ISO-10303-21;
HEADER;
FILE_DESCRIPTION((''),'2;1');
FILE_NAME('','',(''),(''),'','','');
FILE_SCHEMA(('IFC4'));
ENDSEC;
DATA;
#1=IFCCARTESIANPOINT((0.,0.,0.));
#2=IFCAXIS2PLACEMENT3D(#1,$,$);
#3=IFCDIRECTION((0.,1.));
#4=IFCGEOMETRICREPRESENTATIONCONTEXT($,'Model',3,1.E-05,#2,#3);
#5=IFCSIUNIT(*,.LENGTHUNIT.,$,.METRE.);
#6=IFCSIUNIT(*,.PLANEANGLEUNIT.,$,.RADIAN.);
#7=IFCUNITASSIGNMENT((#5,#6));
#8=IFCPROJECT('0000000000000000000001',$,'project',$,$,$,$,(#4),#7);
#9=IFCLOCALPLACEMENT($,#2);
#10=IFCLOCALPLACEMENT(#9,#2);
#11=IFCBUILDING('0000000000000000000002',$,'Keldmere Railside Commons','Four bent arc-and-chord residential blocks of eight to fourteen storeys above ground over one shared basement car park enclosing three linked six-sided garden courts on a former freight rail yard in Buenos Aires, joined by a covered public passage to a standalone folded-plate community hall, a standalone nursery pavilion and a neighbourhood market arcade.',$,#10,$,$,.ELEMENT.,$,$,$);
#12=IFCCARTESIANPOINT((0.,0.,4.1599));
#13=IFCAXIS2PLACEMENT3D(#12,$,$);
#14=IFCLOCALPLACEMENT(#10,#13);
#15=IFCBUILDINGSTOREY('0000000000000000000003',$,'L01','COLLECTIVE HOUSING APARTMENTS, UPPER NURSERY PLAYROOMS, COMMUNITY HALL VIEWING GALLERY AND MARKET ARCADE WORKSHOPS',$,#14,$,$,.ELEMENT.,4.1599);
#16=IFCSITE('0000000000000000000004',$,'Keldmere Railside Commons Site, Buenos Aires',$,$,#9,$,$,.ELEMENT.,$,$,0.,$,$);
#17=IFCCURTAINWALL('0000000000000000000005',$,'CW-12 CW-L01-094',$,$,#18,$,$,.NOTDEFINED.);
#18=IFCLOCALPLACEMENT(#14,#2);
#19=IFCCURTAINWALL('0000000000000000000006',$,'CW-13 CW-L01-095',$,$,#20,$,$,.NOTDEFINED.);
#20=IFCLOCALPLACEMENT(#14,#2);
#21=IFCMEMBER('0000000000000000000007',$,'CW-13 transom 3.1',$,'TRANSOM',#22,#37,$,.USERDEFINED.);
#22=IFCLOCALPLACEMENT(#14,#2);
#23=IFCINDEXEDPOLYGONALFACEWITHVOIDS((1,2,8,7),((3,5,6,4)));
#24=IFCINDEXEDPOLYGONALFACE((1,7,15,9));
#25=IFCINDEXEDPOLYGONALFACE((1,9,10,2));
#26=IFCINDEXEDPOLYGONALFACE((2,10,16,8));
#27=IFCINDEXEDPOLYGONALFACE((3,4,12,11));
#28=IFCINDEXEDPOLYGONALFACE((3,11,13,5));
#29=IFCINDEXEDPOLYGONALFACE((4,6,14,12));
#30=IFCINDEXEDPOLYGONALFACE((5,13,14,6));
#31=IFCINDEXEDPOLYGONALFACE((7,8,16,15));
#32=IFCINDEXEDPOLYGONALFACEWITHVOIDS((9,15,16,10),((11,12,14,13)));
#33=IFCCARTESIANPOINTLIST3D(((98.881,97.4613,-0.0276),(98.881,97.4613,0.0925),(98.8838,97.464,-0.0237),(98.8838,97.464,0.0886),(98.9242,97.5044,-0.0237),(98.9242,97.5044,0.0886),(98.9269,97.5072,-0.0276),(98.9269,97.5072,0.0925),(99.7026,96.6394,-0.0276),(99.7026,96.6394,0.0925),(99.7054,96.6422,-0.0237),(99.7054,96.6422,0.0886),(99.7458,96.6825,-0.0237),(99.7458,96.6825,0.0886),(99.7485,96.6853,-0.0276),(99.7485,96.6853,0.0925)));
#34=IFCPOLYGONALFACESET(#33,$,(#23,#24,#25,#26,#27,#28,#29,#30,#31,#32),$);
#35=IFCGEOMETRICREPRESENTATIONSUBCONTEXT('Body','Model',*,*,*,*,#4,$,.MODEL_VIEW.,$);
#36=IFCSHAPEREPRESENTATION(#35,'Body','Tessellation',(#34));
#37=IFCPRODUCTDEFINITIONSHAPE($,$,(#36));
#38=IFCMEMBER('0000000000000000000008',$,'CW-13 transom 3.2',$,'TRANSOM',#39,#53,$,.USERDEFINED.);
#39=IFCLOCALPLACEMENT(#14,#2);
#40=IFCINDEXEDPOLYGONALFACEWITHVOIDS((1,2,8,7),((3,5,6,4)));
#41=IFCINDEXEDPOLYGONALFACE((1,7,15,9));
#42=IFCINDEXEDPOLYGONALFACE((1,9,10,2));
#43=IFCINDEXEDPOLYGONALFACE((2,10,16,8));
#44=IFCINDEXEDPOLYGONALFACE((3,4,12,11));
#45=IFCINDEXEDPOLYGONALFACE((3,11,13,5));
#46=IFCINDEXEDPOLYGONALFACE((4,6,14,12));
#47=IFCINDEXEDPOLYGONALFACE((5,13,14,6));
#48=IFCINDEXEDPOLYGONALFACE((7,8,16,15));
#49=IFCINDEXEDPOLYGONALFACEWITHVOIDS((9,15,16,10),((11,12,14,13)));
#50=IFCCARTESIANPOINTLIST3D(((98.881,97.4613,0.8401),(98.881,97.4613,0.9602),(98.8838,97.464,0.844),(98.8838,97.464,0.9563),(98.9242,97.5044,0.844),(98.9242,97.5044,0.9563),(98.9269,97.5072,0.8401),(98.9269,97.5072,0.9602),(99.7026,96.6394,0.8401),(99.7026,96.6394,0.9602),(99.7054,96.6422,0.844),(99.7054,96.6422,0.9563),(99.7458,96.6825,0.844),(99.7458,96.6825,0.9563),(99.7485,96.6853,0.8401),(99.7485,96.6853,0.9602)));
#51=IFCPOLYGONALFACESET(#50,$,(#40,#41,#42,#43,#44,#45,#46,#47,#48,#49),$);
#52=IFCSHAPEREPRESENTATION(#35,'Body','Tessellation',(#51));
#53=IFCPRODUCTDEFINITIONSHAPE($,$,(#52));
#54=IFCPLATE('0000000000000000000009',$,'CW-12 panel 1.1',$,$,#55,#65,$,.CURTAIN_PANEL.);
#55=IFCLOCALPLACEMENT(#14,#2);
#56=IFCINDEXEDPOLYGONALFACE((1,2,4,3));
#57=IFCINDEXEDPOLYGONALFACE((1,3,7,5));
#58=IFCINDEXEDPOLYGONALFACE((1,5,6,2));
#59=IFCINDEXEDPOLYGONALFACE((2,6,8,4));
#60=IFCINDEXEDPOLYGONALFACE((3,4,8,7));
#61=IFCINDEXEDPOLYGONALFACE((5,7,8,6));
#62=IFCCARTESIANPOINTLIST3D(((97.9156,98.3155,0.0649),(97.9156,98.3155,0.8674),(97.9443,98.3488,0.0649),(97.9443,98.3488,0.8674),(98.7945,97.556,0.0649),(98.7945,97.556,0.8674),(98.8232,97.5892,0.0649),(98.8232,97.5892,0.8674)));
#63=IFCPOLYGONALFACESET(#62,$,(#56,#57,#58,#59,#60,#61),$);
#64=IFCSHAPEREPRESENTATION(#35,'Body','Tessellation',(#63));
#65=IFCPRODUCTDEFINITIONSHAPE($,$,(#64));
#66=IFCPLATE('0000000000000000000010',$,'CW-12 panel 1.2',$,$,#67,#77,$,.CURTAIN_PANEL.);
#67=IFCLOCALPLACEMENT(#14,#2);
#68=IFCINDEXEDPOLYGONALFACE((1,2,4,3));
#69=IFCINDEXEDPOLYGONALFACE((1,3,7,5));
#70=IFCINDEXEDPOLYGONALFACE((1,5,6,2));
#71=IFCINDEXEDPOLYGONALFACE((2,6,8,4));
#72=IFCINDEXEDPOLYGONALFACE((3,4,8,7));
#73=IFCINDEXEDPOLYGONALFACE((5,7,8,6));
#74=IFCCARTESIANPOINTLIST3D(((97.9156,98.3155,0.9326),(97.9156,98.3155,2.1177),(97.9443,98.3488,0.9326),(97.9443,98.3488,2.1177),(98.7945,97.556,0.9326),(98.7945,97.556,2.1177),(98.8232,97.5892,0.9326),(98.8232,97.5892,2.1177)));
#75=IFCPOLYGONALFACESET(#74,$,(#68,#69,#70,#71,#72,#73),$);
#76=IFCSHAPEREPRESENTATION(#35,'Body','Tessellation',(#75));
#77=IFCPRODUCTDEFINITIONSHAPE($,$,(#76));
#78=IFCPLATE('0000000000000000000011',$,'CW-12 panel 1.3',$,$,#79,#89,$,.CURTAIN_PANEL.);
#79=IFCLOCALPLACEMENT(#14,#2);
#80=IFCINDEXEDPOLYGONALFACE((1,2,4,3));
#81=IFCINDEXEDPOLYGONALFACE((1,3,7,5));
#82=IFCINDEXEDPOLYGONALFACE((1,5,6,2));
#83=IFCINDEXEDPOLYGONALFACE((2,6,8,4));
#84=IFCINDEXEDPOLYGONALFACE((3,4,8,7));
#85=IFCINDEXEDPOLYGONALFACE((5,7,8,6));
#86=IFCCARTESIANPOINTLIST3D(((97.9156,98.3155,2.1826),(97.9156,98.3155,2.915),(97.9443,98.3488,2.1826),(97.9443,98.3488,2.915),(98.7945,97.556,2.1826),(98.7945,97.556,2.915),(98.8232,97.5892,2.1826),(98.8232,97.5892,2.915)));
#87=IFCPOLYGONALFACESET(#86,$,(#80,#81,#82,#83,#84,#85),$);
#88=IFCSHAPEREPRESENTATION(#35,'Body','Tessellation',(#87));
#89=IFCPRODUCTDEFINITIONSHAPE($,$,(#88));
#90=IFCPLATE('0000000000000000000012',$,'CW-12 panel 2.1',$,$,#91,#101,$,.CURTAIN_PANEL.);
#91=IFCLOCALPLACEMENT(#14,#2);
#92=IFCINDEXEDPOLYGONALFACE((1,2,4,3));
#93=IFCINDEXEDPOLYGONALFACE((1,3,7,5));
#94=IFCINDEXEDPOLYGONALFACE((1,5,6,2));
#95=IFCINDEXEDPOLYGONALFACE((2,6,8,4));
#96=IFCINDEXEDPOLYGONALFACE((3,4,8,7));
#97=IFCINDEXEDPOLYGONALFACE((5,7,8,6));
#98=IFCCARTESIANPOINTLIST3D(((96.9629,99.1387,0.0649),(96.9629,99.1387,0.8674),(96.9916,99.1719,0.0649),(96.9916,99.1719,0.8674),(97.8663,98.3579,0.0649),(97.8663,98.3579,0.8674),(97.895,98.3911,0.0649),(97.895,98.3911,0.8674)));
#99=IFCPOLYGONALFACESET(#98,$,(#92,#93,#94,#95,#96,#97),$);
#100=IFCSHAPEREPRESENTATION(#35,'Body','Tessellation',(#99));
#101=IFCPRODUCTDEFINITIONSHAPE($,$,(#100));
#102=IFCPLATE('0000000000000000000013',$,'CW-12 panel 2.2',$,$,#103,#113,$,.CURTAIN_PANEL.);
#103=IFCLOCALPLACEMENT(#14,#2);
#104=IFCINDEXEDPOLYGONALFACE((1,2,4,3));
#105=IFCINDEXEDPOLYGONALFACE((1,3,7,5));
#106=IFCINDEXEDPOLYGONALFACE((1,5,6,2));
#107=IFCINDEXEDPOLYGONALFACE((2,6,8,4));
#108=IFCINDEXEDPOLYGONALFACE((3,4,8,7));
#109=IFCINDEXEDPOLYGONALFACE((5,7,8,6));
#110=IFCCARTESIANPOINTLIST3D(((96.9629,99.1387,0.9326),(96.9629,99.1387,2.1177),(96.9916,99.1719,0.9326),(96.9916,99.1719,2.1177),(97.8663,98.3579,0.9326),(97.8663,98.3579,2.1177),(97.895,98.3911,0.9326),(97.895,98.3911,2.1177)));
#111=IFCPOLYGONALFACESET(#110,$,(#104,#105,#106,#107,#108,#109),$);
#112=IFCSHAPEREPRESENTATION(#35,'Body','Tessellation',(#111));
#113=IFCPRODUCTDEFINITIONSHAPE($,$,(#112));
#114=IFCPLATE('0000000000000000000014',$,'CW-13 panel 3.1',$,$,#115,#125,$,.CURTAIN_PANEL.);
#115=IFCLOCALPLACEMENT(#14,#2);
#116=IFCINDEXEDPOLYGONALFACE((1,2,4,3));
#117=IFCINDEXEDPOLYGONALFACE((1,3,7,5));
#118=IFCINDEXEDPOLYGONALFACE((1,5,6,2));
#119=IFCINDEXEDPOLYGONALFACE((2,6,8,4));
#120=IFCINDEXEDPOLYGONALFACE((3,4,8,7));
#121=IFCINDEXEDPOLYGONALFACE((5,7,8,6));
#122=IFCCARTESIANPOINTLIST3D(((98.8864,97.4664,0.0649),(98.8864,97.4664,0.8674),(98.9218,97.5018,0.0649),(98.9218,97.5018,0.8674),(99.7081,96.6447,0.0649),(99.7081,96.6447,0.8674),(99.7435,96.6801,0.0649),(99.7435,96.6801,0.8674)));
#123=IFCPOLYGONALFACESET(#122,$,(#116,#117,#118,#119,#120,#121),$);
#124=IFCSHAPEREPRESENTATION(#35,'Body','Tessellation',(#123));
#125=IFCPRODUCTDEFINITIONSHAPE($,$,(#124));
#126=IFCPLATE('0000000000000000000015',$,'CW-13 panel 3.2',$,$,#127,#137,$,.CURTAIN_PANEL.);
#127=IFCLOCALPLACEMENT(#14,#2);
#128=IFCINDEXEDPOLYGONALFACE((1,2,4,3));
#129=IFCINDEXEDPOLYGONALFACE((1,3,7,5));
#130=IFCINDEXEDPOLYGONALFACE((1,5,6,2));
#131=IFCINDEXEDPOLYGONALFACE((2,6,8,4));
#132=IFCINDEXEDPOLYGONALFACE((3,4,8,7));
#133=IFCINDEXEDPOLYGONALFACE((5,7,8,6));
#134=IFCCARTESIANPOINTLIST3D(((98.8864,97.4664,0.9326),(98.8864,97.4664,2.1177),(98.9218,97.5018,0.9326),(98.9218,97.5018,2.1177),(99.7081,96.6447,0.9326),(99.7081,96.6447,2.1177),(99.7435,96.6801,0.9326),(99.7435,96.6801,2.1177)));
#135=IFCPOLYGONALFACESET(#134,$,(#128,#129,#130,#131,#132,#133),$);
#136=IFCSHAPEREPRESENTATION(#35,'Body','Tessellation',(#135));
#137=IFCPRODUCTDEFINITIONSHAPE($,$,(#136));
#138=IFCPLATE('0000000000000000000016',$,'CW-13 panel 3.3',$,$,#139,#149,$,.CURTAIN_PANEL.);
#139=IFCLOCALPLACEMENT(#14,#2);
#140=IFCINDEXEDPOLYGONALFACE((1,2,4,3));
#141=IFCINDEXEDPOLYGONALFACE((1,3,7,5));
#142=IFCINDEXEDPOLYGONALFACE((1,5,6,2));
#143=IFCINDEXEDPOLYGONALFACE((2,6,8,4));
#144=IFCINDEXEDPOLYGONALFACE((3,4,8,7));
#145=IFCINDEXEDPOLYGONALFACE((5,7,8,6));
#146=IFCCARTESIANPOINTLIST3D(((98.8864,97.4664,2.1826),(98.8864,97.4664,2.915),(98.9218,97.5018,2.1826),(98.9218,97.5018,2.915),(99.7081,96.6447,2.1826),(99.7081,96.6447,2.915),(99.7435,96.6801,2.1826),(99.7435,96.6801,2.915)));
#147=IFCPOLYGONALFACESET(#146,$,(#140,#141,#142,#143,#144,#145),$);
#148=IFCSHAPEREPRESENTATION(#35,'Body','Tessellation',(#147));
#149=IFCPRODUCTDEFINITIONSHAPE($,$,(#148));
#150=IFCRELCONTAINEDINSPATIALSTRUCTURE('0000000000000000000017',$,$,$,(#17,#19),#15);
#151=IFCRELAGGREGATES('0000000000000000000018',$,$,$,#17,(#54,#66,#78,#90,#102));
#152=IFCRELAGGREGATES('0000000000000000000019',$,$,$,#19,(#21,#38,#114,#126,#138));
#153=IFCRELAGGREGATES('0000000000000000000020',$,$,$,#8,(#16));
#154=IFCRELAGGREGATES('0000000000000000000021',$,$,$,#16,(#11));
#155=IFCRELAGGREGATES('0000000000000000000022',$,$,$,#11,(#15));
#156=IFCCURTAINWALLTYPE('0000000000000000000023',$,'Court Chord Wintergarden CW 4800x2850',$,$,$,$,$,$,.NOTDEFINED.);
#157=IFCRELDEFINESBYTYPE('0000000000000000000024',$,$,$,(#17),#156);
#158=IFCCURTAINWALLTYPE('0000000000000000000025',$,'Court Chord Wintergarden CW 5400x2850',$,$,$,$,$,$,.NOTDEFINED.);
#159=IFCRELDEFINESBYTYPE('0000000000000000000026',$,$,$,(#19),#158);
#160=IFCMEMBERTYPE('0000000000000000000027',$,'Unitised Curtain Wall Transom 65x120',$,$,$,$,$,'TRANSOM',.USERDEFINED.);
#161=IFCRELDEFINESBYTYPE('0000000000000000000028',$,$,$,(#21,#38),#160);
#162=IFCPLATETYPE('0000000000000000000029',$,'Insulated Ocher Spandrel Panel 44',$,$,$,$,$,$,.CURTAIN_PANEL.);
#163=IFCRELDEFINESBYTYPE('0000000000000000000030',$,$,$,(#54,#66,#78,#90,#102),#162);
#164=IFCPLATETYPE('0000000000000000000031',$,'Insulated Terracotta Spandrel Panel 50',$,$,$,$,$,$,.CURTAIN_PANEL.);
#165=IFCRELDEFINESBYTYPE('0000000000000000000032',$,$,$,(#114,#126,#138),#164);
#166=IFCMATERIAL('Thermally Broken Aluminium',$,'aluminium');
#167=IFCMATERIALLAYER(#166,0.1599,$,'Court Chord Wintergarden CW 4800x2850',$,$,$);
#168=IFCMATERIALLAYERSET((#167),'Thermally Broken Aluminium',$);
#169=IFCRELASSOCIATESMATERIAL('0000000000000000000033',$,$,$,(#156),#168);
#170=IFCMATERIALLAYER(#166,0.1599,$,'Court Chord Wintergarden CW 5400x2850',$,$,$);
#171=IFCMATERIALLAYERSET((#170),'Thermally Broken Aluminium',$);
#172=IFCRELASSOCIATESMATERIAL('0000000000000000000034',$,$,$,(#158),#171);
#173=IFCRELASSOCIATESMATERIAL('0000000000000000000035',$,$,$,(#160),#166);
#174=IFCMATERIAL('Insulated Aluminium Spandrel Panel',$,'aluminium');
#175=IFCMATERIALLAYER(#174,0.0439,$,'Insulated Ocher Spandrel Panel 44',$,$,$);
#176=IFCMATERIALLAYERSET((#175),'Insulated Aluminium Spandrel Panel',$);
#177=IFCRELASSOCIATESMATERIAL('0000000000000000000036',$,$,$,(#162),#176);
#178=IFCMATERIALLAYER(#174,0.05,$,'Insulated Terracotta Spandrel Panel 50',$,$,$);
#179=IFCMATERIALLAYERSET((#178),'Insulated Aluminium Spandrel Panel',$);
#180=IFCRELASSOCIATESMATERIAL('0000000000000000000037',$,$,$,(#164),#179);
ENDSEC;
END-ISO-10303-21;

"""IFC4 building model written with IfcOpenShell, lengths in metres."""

from ifc_helpers import new_model, si_unit, direction, frame, origin, origin_2d, place, context, subcontext, project, spatial, rectangle, hollow_rectangle, extrude, material, layer, layer_set, material_profile, profile_set, type_object, element, aggregate, save


model = new_model("IFC4")

# Units and contexts
model_context = context("Model", 3, precision=1e-05, world=origin(), true_north=direction((0.0, 1.0)))
body_context = subcontext(model_context, "Body", "Model", "MODEL_VIEW")
ifc_project = project(units=[si_unit("LENGTHUNIT", "METRE"), si_unit("PLANEANGLEUNIT", "RADIAN")], contexts=[model_context])

# Site, building, storey
site_placement = place(None, origin())
site = spatial("IfcSite", under=ifc_project, at=site_placement, Name="Keldmere Railside Commons Site, Buenos Aires", CompositionType="ELEMENT", RefElevation=0.0)
building_placement = place(site_placement, origin())
building = spatial("IfcBuilding", under=site, at=building_placement, Name="Keldmere Railside Commons", Description="Four bent arc-and-chord residential blocks of eight to fourteen storeys above ground over one shared basement car park enclosing three linked six-sided garden courts on a former freight rail yard in Buenos Aires, joined by a covered public passage to a standalone folded-plate community hall, a standalone nursery pavilion and a neighbourhood market arcade.", CompositionType="ELEMENT")
storey_placement = place(building_placement, frame((0.0, 0.0, 4.1599)))
storey = spatial("IfcBuildingStorey", under=building, at=storey_placement, Name="L01", Description="COLLECTIVE HOUSING APARTMENTS, UPPER NURSERY PLAYROOMS, COMMUNITY HALL VIEWING GALLERY AND MARKET ARCADE WORKSHOPS", CompositionType="ELEMENT", Elevation=4.1599)

# Curtain wall
ifc_material_1 = material(Name="Thermally Broken Aluminium", Category="aluminium")
ifc_layer_1 = layer(ifc_material_1, 0.1599, Name="Court Chord Wintergarden CW 4800x2850")
ifc_layer_set_1 = layer_set([ifc_layer_1], Name="Thermally Broken Aluminium")
curtain_wall_type_1 = type_object("IfcCurtainWallType", Name="Court Chord Wintergarden CW 4800x2850", PredefinedType="NOTDEFINED", material=ifc_layer_set_1)
curtain_wall_1_placement = place(storey_placement, origin())
curtain_wall_1 = element("IfcCurtainWall", 1, at=curtain_wall_1_placement, inside=storey, type_object=curtain_wall_type_1, Name="CW-12 CW-L01-094", PredefinedType="NOTDEFINED")

# Curtain wall
ifc_layer_2 = layer(ifc_material_1, 0.1599, Name="Court Chord Wintergarden CW 5400x2850")
ifc_layer_set_2 = layer_set([ifc_layer_2], Name="Thermally Broken Aluminium")
curtain_wall_type_2 = type_object("IfcCurtainWallType", Name="Court Chord Wintergarden CW 5400x2850", PredefinedType="NOTDEFINED", material=ifc_layer_set_2)
curtain_wall_2_placement = place(storey_placement, origin())
curtain_wall_2 = element("IfcCurtainWall", 2, at=curtain_wall_2_placement, inside=storey, type_object=curtain_wall_type_2, Name="CW-13 CW-L01-095", PredefinedType="NOTDEFINED")

# Members
ifc_material_profile_1 = material_profile(ifc_material_1, hollow_rectangle(XDim=0.0649, YDim=0.1201, WallThickness=0.0039, at=origin_2d()), Name="ALU-TRAN-65x120")
ifc_profile_set_1 = profile_set([ifc_material_profile_1], Name="Thermally Broken Aluminium")
member_type_1 = type_object("IfcMemberType", Name="Unitised Curtain Wall Transom 65x120", ElementType="TRANSOM", PredefinedType="USERDEFINED", material=ifc_profile_set_1)
member_1_placement = place(storey_placement, frame((99.7256, 96.6624, 0.0325), z_axis=(-0.707002, 0.707212, 0.0), x_axis=(-0.707212, -0.707002, 0.0)))
member_1 = element("IfcMember", 3, at=member_1_placement, type_object=member_type_1, Name="CW-13 transom 3.1", ObjectType="TRANSOM", PredefinedType="USERDEFINED", context=body_context, shape_type="SweptSolid", body=[
    extrude(hollow_rectangle(XDim=0.0649, YDim=0.1201, WallThickness=0.0039, at=origin_2d()), origin(), (0.0, 0.0, 1.0), 1.1621),
])
member_2_placement = place(storey_placement, frame((99.7256, 96.6624, 0.9001), z_axis=(-0.707002, 0.707212, 0.0), x_axis=(-0.707212, -0.707002, 0.0)))
member_2 = element("IfcMember", 4, at=member_2_placement, type_object=member_type_1, Name="CW-13 transom 3.2", ObjectType="TRANSOM", PredefinedType="USERDEFINED", context=body_context, shape_type="SweptSolid", body=[
    extrude(hollow_rectangle(XDim=0.0649, YDim=0.1201, WallThickness=0.0039, at=origin_2d()), origin(), (0.0, 0.0, 1.0), 1.1621),
])

# Plates
ifc_material_2 = material(Name="Insulated Aluminium Spandrel Panel", Category="aluminium")
ifc_layer_3 = layer(ifc_material_2, 0.0439, Name="Insulated Ocher Spandrel Panel 44")
ifc_layer_set_3 = layer_set([ifc_layer_3], Name="Insulated Aluminium Spandrel Panel")
plate_type_1 = type_object("IfcPlateType", Name="Insulated Ocher Spandrel Panel 44", PredefinedType="CURTAIN_PANEL", material=ifc_layer_set_3)
plate_1_placement = place(storey_placement, frame((98.3694, 97.9524, 0.0649), z_axis=(0.0, 0.0, 1.0), x_axis=(-0.756597, 0.653882, 0.0)))
plate_1 = element("IfcPlate", 5, at=plate_1_placement, type_object=plate_type_1, Name="CW-12 panel 1.1", PredefinedType="CURTAIN_PANEL", context=body_context, shape_type="SweptSolid", body=[
    extrude(rectangle(XDim=1.1616, YDim=0.0439, at=origin_2d()), origin(), (0.0, 0.0, 1.0), 0.8025),
])
plate_2_placement = place(storey_placement, frame((98.3694, 97.9524, 0.9326), z_axis=(0.0, 0.0, 1.0), x_axis=(-0.756597, 0.653882, 0.0)))
plate_2 = element("IfcPlate", 6, at=plate_2_placement, type_object=plate_type_1, Name="CW-12 panel 1.2", PredefinedType="CURTAIN_PANEL", context=body_context, shape_type="SweptSolid", body=[
    extrude(rectangle(XDim=1.1616, YDim=0.0439, at=origin_2d()), origin(), (0.0, 0.0, 1.0), 1.1851),
])
plate_3_placement = place(storey_placement, frame((98.3694, 97.9524, 2.1826), z_axis=(0.0, 0.0, 1.0), x_axis=(-0.756597, 0.653882, 0.0)))
plate_3 = element("IfcPlate", 7, at=plate_3_placement, type_object=plate_type_1, Name="CW-12 panel 1.3", PredefinedType="CURTAIN_PANEL", context=body_context, shape_type="SweptSolid", body=[
    extrude(rectangle(XDim=1.1616, YDim=0.0439, at=origin_2d()), origin(), (0.0, 0.0, 1.0), 0.7324),
])
plate_4_placement = place(storey_placement, frame((97.429, 98.7649, 0.0649), z_axis=(0.0, 0.0, 1.0), x_axis=(-0.756597, 0.653882, 0.0)))
plate_4 = element("IfcPlate", 8, at=plate_4_placement, type_object=plate_type_1, Name="CW-12 panel 2.1", PredefinedType="CURTAIN_PANEL", context=body_context, shape_type="SweptSolid", body=[
    extrude(rectangle(XDim=1.1941, YDim=0.0439, at=origin_2d()), origin(), (0.0, 0.0, 1.0), 0.8025),
])
plate_5_placement = place(storey_placement, frame((97.429, 98.7649, 0.9326), z_axis=(0.0, 0.0, 1.0), x_axis=(-0.756597, 0.653882, 0.0)))
plate_5 = element("IfcPlate", 9, at=plate_5_placement, type_object=plate_type_1, Name="CW-12 panel 2.2", PredefinedType="CURTAIN_PANEL", context=body_context, shape_type="SweptSolid", body=[
    extrude(rectangle(XDim=1.1941, YDim=0.0439, at=origin_2d()), origin(), (0.0, 0.0, 1.0), 1.1851),
])
aggregate(curtain_wall_1, [plate_1, plate_2, plate_3, plate_4, plate_5])
ifc_layer_4 = layer(ifc_material_2, 0.05, Name="Insulated Terracotta Spandrel Panel 50")
ifc_layer_set_4 = layer_set([ifc_layer_4], Name="Insulated Aluminium Spandrel Panel")
plate_type_2 = type_object("IfcPlateType", Name="Insulated Terracotta Spandrel Panel 50", PredefinedType="CURTAIN_PANEL", material=ifc_layer_set_4)
plate_6_placement = place(storey_placement, frame((99.3149, 97.0732, 0.0649), z_axis=(0.0, 0.0, 1.0), x_axis=(-0.707107, 0.707107, 0.0)))
plate_6 = element("IfcPlate", 10, at=plate_6_placement, type_object=plate_type_2, Name="CW-13 panel 3.1", PredefinedType="CURTAIN_PANEL", context=body_context, shape_type="SweptSolid", body=[
    extrude(rectangle(XDim=1.1621, YDim=0.05, at=origin_2d()), origin(), (0.0, 0.0, 1.0), 0.8025),
])
plate_7_placement = place(storey_placement, frame((99.3149, 97.0732, 0.9326), z_axis=(0.0, 0.0, 1.0), x_axis=(-0.707107, 0.707107, 0.0)))
plate_7 = element("IfcPlate", 11, at=plate_7_placement, type_object=plate_type_2, Name="CW-13 panel 3.2", PredefinedType="CURTAIN_PANEL", context=body_context, shape_type="SweptSolid", body=[
    extrude(rectangle(XDim=1.1621, YDim=0.05, at=origin_2d()), origin(), (0.0, 0.0, 1.0), 1.1851),
])
plate_8_placement = place(storey_placement, frame((99.3149, 97.0732, 2.1826), z_axis=(0.0, 0.0, 1.0), x_axis=(-0.707107, 0.707107, 0.0)))
plate_8 = element("IfcPlate", 12, at=plate_8_placement, type_object=plate_type_2, Name="CW-13 panel 3.3", PredefinedType="CURTAIN_PANEL", context=body_context, shape_type="SweptSolid", body=[
    extrude(rectangle(XDim=1.1621, YDim=0.05, at=origin_2d()), origin(), (0.0, 0.0, 1.0), 0.7324),
])
aggregate(curtain_wall_2, [member_1, member_2, plate_6, plate_7, plate_8])

save(model, "model.ifc")
